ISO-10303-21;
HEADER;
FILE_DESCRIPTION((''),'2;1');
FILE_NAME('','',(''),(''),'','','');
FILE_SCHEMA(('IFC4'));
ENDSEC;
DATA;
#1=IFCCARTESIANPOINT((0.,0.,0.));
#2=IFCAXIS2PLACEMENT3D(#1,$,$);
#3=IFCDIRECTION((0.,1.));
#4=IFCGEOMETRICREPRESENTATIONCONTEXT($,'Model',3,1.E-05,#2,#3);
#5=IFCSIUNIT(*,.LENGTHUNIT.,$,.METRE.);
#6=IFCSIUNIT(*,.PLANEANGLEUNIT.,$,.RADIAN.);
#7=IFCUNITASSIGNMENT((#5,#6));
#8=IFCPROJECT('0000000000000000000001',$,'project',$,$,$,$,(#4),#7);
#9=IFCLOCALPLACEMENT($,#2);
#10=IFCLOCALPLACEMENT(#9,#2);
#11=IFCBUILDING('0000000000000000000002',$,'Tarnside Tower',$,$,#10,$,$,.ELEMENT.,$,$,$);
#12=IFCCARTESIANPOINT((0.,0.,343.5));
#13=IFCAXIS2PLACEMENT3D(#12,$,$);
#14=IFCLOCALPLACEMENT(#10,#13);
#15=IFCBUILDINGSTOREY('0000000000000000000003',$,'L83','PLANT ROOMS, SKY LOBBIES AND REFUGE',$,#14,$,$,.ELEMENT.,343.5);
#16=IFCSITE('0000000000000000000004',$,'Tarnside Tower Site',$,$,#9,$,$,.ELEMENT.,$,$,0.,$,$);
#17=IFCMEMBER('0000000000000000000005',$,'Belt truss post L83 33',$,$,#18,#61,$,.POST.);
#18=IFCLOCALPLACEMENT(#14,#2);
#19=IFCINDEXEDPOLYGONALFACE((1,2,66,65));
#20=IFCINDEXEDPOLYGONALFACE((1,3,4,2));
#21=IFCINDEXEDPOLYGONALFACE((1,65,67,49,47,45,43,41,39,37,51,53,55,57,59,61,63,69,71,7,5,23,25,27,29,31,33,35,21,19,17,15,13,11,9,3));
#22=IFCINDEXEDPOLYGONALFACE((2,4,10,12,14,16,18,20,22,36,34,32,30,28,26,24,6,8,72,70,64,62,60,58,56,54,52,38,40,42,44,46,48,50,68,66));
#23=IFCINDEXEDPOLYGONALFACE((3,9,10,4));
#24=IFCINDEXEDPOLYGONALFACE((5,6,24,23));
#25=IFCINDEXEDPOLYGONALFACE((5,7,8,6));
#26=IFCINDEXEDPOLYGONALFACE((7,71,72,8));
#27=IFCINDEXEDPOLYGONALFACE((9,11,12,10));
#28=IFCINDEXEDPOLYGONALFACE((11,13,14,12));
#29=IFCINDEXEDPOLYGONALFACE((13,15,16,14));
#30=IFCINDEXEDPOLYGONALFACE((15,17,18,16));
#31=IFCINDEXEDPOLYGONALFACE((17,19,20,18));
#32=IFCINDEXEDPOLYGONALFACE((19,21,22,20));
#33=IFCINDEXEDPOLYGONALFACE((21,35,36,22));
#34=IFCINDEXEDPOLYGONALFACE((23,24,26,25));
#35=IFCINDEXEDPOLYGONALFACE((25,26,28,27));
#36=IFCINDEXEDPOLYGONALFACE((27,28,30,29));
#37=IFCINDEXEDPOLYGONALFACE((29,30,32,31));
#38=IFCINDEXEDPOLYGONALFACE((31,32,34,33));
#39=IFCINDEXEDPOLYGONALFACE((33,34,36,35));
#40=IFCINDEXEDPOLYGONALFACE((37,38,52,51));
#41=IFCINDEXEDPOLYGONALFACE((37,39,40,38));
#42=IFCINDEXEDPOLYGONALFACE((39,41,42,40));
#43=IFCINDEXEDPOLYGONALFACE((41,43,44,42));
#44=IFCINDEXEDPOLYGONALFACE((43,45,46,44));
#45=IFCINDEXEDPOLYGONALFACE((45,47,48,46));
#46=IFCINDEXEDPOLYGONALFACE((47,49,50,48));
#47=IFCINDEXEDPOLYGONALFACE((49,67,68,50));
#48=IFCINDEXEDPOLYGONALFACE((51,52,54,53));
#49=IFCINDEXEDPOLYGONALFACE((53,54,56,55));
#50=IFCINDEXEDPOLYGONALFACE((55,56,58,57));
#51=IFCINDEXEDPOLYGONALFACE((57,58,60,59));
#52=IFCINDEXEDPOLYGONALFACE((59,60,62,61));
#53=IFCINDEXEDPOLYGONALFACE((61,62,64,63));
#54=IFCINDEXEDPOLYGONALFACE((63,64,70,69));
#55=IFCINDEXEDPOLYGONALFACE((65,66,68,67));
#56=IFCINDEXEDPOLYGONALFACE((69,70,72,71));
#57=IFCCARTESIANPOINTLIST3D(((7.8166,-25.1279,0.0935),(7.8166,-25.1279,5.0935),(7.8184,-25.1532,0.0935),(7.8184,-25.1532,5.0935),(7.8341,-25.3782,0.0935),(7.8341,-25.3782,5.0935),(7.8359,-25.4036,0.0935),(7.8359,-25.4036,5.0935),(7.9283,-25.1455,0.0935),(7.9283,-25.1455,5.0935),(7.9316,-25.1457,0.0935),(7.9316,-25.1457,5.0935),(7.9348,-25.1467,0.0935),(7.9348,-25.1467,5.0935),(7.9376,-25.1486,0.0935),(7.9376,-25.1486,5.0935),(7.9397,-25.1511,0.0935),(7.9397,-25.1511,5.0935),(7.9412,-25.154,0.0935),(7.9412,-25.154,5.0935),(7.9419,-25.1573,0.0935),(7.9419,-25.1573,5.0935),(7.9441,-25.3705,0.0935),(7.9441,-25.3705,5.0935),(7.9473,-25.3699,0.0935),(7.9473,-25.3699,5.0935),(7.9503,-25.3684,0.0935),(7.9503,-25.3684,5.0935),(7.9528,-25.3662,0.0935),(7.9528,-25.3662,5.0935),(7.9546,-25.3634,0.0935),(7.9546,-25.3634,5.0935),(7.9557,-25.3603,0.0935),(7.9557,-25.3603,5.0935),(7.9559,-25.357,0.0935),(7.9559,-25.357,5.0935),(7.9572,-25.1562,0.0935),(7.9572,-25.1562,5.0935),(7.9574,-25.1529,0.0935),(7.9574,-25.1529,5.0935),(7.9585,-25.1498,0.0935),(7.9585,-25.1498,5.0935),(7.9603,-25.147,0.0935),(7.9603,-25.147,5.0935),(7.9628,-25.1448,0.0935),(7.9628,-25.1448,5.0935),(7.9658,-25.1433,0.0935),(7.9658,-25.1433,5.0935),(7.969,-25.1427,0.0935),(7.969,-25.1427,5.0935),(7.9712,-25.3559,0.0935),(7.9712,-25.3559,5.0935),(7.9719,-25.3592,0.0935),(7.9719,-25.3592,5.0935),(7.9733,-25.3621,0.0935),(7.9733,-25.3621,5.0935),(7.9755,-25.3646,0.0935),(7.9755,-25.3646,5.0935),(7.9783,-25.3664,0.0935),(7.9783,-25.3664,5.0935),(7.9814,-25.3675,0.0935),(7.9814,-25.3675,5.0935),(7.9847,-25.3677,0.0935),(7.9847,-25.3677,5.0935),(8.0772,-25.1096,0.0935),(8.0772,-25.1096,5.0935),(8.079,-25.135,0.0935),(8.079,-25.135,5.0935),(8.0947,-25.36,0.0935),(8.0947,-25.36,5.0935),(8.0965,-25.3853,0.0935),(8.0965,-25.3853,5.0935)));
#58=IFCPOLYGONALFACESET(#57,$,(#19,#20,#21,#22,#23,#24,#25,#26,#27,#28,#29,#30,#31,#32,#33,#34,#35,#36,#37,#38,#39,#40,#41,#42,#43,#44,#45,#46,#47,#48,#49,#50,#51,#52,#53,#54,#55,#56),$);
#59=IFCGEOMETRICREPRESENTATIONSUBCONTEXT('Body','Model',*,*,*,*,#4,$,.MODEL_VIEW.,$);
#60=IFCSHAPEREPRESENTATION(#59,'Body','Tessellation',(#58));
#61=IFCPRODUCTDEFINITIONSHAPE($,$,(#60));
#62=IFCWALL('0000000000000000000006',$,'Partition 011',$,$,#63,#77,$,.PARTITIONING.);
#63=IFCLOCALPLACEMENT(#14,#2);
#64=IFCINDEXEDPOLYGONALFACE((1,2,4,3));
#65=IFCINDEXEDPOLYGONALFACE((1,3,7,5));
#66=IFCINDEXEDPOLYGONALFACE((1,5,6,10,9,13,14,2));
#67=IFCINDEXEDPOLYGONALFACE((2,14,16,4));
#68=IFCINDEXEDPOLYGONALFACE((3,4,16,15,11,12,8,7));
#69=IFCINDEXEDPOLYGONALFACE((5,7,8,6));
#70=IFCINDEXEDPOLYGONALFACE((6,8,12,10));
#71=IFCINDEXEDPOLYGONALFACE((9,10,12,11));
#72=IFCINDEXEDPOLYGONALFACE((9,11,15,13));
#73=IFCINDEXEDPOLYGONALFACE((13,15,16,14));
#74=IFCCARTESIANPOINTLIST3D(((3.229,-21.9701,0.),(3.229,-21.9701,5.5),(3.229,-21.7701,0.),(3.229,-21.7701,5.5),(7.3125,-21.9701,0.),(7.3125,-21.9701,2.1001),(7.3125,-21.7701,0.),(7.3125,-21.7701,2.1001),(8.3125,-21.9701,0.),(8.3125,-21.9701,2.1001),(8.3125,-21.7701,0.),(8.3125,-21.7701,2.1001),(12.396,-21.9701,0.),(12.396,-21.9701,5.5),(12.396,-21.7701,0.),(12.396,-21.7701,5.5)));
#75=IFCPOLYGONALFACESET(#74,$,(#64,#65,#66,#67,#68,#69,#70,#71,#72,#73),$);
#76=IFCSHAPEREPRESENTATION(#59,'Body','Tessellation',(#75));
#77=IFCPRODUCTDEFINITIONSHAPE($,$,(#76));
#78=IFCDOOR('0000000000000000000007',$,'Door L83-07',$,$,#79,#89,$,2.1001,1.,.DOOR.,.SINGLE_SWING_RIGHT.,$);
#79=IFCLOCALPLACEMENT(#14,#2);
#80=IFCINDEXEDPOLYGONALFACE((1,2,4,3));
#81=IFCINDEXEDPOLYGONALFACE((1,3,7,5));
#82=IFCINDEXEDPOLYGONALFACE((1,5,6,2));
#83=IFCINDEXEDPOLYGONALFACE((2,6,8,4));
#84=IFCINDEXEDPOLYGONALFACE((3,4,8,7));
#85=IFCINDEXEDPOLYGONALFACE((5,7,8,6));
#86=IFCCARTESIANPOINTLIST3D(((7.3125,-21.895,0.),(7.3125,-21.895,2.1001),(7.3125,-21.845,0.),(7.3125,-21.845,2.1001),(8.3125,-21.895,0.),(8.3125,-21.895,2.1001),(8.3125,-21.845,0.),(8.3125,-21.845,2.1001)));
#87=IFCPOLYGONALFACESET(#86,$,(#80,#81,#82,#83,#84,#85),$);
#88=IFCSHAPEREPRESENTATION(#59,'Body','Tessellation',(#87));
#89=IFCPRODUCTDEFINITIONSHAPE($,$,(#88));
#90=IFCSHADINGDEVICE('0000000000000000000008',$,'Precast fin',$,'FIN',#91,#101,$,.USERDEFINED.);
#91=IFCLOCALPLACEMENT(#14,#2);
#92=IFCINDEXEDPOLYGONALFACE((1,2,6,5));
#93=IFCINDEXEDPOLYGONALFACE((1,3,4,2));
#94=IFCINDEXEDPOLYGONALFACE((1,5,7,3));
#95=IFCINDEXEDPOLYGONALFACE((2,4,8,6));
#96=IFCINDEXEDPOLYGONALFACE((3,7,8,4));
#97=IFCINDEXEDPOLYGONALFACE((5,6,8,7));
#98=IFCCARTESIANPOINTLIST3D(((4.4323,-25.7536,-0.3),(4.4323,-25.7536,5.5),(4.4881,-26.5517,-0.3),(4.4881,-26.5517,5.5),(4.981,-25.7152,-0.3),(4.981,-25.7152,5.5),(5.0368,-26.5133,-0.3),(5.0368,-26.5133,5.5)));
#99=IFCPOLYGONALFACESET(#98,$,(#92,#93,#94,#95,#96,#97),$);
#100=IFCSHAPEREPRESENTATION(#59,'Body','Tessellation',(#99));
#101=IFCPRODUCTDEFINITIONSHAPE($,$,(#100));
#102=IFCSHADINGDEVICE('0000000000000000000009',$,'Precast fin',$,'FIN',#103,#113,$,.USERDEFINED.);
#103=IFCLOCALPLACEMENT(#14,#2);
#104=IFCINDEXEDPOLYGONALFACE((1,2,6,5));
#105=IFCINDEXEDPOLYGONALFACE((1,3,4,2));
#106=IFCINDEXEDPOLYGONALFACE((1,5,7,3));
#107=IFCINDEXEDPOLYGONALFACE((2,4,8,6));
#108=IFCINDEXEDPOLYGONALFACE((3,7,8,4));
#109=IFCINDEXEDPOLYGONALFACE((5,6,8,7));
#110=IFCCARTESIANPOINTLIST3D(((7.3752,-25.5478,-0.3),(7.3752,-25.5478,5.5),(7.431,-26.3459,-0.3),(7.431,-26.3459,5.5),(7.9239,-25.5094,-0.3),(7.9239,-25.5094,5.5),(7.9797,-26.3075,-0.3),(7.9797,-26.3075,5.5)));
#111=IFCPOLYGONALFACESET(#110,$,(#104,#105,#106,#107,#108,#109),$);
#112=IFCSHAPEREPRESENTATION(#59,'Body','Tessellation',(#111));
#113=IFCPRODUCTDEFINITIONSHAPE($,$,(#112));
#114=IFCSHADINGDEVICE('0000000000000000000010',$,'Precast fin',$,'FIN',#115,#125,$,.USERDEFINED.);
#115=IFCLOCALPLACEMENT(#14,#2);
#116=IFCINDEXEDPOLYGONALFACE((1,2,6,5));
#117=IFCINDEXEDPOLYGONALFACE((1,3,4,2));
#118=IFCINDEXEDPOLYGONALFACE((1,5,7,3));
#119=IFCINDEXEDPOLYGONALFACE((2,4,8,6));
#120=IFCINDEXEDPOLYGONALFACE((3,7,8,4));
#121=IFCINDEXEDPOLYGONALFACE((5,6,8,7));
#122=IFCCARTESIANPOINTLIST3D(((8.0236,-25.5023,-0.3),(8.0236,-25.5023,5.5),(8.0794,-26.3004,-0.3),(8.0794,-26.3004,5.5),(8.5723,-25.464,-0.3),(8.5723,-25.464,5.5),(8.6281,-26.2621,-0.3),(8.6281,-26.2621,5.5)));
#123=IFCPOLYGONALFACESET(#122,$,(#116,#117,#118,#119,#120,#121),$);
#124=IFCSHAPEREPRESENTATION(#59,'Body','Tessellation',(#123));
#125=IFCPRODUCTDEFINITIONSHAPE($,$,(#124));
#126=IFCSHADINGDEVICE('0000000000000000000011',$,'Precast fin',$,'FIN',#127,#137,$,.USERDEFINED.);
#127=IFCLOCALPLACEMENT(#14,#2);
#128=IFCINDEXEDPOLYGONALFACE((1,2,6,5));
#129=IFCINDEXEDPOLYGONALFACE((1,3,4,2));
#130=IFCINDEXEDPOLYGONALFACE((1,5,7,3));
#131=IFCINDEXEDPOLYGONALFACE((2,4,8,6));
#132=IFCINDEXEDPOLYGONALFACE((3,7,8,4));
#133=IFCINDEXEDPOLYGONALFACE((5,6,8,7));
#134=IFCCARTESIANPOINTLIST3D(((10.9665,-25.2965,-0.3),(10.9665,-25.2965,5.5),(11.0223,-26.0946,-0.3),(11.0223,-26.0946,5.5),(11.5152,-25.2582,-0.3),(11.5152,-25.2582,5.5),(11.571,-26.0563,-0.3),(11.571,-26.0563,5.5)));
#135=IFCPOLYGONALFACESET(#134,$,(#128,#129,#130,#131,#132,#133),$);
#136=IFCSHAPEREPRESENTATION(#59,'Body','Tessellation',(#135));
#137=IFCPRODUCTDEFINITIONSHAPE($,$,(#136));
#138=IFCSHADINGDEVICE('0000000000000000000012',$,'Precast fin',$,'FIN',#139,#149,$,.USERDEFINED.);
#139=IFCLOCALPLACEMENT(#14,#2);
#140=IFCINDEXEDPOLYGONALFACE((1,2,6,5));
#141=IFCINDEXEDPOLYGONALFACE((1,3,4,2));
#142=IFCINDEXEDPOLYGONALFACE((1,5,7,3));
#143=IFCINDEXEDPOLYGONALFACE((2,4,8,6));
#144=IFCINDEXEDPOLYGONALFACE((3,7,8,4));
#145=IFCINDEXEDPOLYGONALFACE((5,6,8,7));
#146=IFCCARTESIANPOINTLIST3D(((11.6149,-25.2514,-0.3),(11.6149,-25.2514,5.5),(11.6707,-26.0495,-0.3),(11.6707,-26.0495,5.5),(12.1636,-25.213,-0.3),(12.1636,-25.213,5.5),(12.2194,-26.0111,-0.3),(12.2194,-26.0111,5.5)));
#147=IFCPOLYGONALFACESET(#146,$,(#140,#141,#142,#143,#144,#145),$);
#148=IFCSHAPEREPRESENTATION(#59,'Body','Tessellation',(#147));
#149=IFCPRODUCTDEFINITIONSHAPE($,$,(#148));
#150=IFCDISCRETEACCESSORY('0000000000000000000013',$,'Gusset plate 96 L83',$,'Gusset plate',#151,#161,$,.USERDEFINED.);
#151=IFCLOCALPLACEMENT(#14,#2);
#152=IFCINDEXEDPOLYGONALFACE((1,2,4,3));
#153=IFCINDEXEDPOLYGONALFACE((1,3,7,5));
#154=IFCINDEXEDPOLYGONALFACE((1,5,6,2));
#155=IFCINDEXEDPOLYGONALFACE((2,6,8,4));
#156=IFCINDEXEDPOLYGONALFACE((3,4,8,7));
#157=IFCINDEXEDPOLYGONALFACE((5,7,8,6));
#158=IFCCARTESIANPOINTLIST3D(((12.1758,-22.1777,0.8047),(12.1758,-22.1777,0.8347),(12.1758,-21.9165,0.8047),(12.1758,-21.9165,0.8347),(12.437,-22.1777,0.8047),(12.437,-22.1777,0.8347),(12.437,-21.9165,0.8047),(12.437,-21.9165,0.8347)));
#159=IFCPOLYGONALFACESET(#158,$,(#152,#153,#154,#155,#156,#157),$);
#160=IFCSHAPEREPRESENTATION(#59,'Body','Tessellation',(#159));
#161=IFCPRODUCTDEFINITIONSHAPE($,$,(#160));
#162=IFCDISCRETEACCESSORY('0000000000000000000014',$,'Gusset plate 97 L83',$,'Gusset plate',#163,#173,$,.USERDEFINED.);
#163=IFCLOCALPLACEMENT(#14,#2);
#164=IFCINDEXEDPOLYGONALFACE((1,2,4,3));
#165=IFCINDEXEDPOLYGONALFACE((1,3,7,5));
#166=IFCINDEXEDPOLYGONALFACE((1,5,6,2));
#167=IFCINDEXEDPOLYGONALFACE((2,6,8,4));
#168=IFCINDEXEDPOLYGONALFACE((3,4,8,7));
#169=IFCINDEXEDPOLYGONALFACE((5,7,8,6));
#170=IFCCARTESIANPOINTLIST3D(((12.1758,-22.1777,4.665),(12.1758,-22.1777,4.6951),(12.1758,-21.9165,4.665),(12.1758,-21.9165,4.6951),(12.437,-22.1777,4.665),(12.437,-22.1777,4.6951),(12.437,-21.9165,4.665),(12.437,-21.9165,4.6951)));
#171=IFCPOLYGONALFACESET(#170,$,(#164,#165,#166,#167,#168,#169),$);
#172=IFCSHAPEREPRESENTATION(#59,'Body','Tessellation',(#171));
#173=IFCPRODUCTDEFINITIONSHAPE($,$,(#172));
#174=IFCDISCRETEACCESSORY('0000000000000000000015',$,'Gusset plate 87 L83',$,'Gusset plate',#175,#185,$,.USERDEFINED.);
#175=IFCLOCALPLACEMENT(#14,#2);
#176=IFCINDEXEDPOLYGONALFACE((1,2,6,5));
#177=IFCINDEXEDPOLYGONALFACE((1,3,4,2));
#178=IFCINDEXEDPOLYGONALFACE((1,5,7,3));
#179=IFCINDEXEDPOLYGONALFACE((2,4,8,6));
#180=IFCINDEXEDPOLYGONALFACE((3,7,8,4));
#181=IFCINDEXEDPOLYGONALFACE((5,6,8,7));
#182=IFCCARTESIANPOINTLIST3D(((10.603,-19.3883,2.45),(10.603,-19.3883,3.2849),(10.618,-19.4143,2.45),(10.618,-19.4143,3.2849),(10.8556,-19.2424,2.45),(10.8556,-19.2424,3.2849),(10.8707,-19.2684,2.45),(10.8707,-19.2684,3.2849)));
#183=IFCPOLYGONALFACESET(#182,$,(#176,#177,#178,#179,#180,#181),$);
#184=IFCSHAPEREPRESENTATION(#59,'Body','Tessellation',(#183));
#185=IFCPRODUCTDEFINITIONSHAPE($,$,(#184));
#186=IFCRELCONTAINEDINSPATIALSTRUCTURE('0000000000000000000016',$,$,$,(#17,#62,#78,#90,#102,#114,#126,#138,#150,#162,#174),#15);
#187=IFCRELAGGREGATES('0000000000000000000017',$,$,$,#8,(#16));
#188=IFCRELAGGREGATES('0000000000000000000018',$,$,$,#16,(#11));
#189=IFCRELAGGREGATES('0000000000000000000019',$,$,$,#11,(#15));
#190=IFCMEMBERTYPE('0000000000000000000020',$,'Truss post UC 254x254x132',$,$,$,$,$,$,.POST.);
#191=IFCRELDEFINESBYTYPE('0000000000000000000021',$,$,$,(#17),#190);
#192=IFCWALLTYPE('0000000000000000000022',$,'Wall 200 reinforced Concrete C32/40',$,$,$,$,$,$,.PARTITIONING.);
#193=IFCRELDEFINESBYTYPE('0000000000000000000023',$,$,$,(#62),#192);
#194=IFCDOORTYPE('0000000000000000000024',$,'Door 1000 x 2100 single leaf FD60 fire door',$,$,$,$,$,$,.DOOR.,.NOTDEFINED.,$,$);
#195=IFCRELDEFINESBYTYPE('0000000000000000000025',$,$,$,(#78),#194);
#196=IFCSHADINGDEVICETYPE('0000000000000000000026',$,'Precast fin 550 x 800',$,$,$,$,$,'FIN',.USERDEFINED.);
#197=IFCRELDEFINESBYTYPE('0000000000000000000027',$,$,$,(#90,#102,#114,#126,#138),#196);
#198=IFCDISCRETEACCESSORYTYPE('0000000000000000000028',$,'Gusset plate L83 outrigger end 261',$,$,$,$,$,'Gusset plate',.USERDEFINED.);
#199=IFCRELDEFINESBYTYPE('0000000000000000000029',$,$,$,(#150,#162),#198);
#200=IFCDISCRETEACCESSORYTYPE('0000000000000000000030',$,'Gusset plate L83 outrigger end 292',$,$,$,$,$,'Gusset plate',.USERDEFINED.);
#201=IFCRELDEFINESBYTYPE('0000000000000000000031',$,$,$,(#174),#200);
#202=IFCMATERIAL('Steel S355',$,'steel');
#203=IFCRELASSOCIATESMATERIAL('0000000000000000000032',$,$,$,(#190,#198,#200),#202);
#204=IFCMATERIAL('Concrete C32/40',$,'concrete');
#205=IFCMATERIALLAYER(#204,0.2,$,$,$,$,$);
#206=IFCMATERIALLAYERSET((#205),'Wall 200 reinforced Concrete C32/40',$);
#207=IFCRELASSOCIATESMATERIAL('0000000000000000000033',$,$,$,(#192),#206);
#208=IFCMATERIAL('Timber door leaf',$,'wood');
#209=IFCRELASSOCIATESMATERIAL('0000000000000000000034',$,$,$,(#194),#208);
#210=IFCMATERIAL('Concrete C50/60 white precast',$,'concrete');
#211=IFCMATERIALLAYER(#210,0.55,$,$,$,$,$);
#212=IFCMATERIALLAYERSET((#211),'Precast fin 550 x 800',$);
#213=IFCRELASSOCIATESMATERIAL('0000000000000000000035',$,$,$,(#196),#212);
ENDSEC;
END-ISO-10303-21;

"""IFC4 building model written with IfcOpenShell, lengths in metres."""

from ifc_helpers import new_model, si_unit, direction, frame, frame_2d, origin, origin_2d, place, context, subcontext, project, spatial, polyline, rectangle, i_section, outline, extrude, material, layer, layer_set, material_profile, profile_set, type_object, element, fill, save


model = new_model("IFC4")

# Units and contexts
model_context = context("Model", 3, precision=1e-05, world=origin(), true_north=direction((0.0, 1.0)))
body_context = subcontext(model_context, "Body", "Model", "MODEL_VIEW")
ifc_project = project(units=[si_unit("LENGTHUNIT", "METRE"), si_unit("PLANEANGLEUNIT", "RADIAN")], contexts=[model_context])

# Site, building, storey
site_placement = place(None, origin())
site = spatial("IfcSite", under=ifc_project, at=site_placement, Name="Tarnside Tower Site", CompositionType="ELEMENT", RefElevation=0.0)
building_placement = place(site_placement, origin())
building = spatial("IfcBuilding", under=site, at=building_placement, Name="Tarnside Tower", CompositionType="ELEMENT")
storey_placement = place(building_placement, frame((0.0, 0.0, 343.5)))
storey = spatial("IfcBuildingStorey", under=building, at=storey_placement, Name="L83", Description="PLANT ROOMS, SKY LOBBIES AND REFUGE", CompositionType="ELEMENT", Elevation=343.5)

# Shared definitions
ifc_material_1 = material(Name="Steel S355", Category="steel")

# Member
ifc_material_profile_1 = material_profile(ifc_material_1, i_section(OverallWidth=0.2612, OverallDepth=0.2764, WebThickness=0.0154, FlangeThickness=0.0254, FilletRadius=0.0127, at=origin_2d()), Name="UC 254x254x132")
ifc_profile_set_1 = profile_set([ifc_material_profile_1], Name="Steel S355")
member_type_1 = type_object("IfcMemberType", Name="Truss post UC 254x254x132", PredefinedType="POST", material=ifc_profile_set_1)
member_1_placement = place(storey_placement, frame((7.9565, -25.2566, 0.0935), z_axis=(0.0, 0.0, 1.0), x_axis=(0.997564, 0.069756, 0.0)))
element("IfcMember", 1, at=member_1_placement, inside=storey, type_object=member_type_1, Name="Belt truss post L83 33", PredefinedType="POST", context=body_context, shape_type="SweptSolid", body=[
    extrude(i_section(OverallWidth=0.2612, OverallDepth=0.2764, WebThickness=0.0154, FlangeThickness=0.0254, FilletRadius=0.0127, at=origin_2d()), origin(), (0.0, 0.0, 1.0), 5.0),
])

# Wall, opening, door
ifc_material_2 = material(Name="Concrete C32/40", Category="concrete")
ifc_layer_1 = layer(ifc_material_2, 0.2)
ifc_layer_set_1 = layer_set([ifc_layer_1], Name="Wall 200 reinforced Concrete C32/40")
wall_type = type_object("IfcWallType", Name="Wall 200 reinforced Concrete C32/40", PredefinedType="PARTITIONING", material=ifc_layer_set_1)
wall_placement = place(storey_placement, frame((12.396, -21.8701, 0.0), z_axis=(0.0, 0.0, 1.0), x_axis=(-1.0, 0.0, 0.0)))
wall = element("IfcWall", 2, at=wall_placement, inside=storey, type_object=wall_type, Name="Partition 011", PredefinedType="PARTITIONING", context=body_context, shape_type="SweptSolid", body=[
    extrude(rectangle(XDim=9.167, YDim=0.2, at=frame_2d((4.5835, 0.0))), origin(), (0.0, 0.0, 1.0), 5.5),
])
opening_placement = place(wall_placement, frame((4.0835, 0.0, 0.0)))
opening = element("IfcOpeningElement", 3, at=opening_placement, cuts=wall, PredefinedType="OPENING", context=body_context, shape_type="SweptSolid", body=[
    extrude(rectangle(XDim=1.0, YDim=2.1001, at=frame_2d((0.5, 1.05))), frame((0.0, 0.1099, 0.0), z_axis=(0.0, -1.0, 0.0), x_axis=(1.0, 0.0, 0.0)), (0.0, 0.0, 1.0), 0.22),
])
ifc_material_3 = material(Name="Timber door leaf", Category="wood")
door_type = type_object("IfcDoorType", Name="Door 1000 x 2100 single leaf FD60 fire door", OperationType="NOTDEFINED", PredefinedType="DOOR", material=ifc_material_3)
door_placement = place(opening_placement, origin())
door = element("IfcDoor", 4, at=door_placement, inside=storey, type_object=door_type, Name="Door L83-07", OperationType="SINGLE_SWING_RIGHT", OverallHeight=2.1001, OverallWidth=1.0, PredefinedType="DOOR", context=body_context, shape_type="SweptSolid", body=[
    extrude(rectangle(XDim=1.0, YDim=2.1001, at=frame_2d((0.5, 1.05))), frame((0.0, 0.0249, 0.0), z_axis=(0.0, -1.0, 0.0), x_axis=(1.0, 0.0, 0.0)), (0.0, 0.0, 1.0), 0.05),
])
fill(opening, door)

# Shading devices
ifc_material_4 = material(Name="Concrete C50/60 white precast", Category="concrete")
ifc_layer_2 = layer(ifc_material_4, 0.55)
ifc_layer_set_2 = layer_set([ifc_layer_2], Name="Precast fin 550 x 800")
shading_device_type = type_object("IfcShadingDeviceType", Name="Precast fin 550 x 800", ElementType="FIN", PredefinedType="USERDEFINED", material=ifc_layer_set_2)
for number, where, z_axis, x_axis, name in (
    (5, (4.7068, -25.7344, -0.3), (-0.997564, -0.069756, 0.0), (0.069756, -0.997564, 0.0), "Precast fin"),
    (6, (7.6497, -25.5286, -0.3), (-0.997564, -0.069756, 0.0), (0.069756, -0.997564, 0.0), "Precast fin"),
    (7, (8.2981, -25.4832, -0.3), (-0.997564, -0.069756, 0.0), (0.069756, -0.997564, 0.0), "Precast fin"),
    (8, (11.241, -25.2773, -0.3), (-0.997564, -0.069756, 0.0), (0.069756, -0.997564, 0.0), "Precast fin"),
    (9, (11.8894, -25.2322, -0.3), (-0.997564, -0.069756, 0.0), (0.069756, -0.997564, 0.0), "Precast fin"),
):
    element("IfcShadingDevice", number, at=place(storey_placement, frame(where, z_axis=z_axis, x_axis=x_axis)), inside=storey, type_object=shading_device_type, Name=name, ObjectType="FIN", PredefinedType="USERDEFINED", context=body_context, shape_type="SweptSolid", body=[
        extrude(outline(polyline([(0.0, 0.0), (0.8, 0.0), (0.8, 5.8), (0.0, 5.8), (0.0, 0.0)])), frame((0.0, 0.0, -0.2749)), (0.0, 0.0, 1.0), 0.55),
    ])

# Discrete accessories
discrete_accessory_type_1 = type_object("IfcDiscreteAccessoryType", Name="Gusset plate L83 outrigger end 261", ElementType="Gusset plate", PredefinedType="USERDEFINED", material=ifc_material_1)
for number, where, z_axis, x_axis, name in (
    (10, (12.3064, -22.0471, 0.8047), (0.0, 0.0, 1.0), (1.0, 0.0, 0.0), "Gusset plate 96 L83"),
    (11, (12.3064, -22.0471, 4.665), (0.0, 0.0, 1.0), (1.0, 0.0, 0.0), "Gusset plate 97 L83"),
):
    element("IfcDiscreteAccessory", number, at=place(storey_placement, frame(where, z_axis=z_axis, x_axis=x_axis)), inside=storey, type_object=discrete_accessory_type_1, Name=name, ObjectType="Gusset plate", PredefinedType="USERDEFINED", context=body_context, shape_type="SweptSolid", body=[
        extrude(rectangle(XDim=0.2612, YDim=0.2612, at=origin_2d()), origin(), (0.0, 0.0, 1.0), 0.03),
    ])
discrete_accessory_type_2 = type_object("IfcDiscreteAccessoryType", Name="Gusset plate L83 outrigger end 292", ElementType="Gusset plate", PredefinedType="USERDEFINED", material=ifc_material_1)
discrete_accessory_placement = place(storey_placement, frame((10.7368, -19.3284, 2.45), z_axis=(0.0, 0.0, 1.0), x_axis=(0.499997, -0.866027, 0.0)))
element("IfcDiscreteAccessory", 12, at=discrete_accessory_placement, inside=storey, type_object=discrete_accessory_type_2, Name="Gusset plate 87 L83", ObjectType="Gusset plate", PredefinedType="USERDEFINED", context=body_context, shape_type="SweptSolid", body=[
    extrude(rectangle(XDim=0.03, YDim=0.2917, at=origin_2d()), origin(), (0.0, 0.0, 1.0), 0.835),
])

save(model, "model.ifc")
